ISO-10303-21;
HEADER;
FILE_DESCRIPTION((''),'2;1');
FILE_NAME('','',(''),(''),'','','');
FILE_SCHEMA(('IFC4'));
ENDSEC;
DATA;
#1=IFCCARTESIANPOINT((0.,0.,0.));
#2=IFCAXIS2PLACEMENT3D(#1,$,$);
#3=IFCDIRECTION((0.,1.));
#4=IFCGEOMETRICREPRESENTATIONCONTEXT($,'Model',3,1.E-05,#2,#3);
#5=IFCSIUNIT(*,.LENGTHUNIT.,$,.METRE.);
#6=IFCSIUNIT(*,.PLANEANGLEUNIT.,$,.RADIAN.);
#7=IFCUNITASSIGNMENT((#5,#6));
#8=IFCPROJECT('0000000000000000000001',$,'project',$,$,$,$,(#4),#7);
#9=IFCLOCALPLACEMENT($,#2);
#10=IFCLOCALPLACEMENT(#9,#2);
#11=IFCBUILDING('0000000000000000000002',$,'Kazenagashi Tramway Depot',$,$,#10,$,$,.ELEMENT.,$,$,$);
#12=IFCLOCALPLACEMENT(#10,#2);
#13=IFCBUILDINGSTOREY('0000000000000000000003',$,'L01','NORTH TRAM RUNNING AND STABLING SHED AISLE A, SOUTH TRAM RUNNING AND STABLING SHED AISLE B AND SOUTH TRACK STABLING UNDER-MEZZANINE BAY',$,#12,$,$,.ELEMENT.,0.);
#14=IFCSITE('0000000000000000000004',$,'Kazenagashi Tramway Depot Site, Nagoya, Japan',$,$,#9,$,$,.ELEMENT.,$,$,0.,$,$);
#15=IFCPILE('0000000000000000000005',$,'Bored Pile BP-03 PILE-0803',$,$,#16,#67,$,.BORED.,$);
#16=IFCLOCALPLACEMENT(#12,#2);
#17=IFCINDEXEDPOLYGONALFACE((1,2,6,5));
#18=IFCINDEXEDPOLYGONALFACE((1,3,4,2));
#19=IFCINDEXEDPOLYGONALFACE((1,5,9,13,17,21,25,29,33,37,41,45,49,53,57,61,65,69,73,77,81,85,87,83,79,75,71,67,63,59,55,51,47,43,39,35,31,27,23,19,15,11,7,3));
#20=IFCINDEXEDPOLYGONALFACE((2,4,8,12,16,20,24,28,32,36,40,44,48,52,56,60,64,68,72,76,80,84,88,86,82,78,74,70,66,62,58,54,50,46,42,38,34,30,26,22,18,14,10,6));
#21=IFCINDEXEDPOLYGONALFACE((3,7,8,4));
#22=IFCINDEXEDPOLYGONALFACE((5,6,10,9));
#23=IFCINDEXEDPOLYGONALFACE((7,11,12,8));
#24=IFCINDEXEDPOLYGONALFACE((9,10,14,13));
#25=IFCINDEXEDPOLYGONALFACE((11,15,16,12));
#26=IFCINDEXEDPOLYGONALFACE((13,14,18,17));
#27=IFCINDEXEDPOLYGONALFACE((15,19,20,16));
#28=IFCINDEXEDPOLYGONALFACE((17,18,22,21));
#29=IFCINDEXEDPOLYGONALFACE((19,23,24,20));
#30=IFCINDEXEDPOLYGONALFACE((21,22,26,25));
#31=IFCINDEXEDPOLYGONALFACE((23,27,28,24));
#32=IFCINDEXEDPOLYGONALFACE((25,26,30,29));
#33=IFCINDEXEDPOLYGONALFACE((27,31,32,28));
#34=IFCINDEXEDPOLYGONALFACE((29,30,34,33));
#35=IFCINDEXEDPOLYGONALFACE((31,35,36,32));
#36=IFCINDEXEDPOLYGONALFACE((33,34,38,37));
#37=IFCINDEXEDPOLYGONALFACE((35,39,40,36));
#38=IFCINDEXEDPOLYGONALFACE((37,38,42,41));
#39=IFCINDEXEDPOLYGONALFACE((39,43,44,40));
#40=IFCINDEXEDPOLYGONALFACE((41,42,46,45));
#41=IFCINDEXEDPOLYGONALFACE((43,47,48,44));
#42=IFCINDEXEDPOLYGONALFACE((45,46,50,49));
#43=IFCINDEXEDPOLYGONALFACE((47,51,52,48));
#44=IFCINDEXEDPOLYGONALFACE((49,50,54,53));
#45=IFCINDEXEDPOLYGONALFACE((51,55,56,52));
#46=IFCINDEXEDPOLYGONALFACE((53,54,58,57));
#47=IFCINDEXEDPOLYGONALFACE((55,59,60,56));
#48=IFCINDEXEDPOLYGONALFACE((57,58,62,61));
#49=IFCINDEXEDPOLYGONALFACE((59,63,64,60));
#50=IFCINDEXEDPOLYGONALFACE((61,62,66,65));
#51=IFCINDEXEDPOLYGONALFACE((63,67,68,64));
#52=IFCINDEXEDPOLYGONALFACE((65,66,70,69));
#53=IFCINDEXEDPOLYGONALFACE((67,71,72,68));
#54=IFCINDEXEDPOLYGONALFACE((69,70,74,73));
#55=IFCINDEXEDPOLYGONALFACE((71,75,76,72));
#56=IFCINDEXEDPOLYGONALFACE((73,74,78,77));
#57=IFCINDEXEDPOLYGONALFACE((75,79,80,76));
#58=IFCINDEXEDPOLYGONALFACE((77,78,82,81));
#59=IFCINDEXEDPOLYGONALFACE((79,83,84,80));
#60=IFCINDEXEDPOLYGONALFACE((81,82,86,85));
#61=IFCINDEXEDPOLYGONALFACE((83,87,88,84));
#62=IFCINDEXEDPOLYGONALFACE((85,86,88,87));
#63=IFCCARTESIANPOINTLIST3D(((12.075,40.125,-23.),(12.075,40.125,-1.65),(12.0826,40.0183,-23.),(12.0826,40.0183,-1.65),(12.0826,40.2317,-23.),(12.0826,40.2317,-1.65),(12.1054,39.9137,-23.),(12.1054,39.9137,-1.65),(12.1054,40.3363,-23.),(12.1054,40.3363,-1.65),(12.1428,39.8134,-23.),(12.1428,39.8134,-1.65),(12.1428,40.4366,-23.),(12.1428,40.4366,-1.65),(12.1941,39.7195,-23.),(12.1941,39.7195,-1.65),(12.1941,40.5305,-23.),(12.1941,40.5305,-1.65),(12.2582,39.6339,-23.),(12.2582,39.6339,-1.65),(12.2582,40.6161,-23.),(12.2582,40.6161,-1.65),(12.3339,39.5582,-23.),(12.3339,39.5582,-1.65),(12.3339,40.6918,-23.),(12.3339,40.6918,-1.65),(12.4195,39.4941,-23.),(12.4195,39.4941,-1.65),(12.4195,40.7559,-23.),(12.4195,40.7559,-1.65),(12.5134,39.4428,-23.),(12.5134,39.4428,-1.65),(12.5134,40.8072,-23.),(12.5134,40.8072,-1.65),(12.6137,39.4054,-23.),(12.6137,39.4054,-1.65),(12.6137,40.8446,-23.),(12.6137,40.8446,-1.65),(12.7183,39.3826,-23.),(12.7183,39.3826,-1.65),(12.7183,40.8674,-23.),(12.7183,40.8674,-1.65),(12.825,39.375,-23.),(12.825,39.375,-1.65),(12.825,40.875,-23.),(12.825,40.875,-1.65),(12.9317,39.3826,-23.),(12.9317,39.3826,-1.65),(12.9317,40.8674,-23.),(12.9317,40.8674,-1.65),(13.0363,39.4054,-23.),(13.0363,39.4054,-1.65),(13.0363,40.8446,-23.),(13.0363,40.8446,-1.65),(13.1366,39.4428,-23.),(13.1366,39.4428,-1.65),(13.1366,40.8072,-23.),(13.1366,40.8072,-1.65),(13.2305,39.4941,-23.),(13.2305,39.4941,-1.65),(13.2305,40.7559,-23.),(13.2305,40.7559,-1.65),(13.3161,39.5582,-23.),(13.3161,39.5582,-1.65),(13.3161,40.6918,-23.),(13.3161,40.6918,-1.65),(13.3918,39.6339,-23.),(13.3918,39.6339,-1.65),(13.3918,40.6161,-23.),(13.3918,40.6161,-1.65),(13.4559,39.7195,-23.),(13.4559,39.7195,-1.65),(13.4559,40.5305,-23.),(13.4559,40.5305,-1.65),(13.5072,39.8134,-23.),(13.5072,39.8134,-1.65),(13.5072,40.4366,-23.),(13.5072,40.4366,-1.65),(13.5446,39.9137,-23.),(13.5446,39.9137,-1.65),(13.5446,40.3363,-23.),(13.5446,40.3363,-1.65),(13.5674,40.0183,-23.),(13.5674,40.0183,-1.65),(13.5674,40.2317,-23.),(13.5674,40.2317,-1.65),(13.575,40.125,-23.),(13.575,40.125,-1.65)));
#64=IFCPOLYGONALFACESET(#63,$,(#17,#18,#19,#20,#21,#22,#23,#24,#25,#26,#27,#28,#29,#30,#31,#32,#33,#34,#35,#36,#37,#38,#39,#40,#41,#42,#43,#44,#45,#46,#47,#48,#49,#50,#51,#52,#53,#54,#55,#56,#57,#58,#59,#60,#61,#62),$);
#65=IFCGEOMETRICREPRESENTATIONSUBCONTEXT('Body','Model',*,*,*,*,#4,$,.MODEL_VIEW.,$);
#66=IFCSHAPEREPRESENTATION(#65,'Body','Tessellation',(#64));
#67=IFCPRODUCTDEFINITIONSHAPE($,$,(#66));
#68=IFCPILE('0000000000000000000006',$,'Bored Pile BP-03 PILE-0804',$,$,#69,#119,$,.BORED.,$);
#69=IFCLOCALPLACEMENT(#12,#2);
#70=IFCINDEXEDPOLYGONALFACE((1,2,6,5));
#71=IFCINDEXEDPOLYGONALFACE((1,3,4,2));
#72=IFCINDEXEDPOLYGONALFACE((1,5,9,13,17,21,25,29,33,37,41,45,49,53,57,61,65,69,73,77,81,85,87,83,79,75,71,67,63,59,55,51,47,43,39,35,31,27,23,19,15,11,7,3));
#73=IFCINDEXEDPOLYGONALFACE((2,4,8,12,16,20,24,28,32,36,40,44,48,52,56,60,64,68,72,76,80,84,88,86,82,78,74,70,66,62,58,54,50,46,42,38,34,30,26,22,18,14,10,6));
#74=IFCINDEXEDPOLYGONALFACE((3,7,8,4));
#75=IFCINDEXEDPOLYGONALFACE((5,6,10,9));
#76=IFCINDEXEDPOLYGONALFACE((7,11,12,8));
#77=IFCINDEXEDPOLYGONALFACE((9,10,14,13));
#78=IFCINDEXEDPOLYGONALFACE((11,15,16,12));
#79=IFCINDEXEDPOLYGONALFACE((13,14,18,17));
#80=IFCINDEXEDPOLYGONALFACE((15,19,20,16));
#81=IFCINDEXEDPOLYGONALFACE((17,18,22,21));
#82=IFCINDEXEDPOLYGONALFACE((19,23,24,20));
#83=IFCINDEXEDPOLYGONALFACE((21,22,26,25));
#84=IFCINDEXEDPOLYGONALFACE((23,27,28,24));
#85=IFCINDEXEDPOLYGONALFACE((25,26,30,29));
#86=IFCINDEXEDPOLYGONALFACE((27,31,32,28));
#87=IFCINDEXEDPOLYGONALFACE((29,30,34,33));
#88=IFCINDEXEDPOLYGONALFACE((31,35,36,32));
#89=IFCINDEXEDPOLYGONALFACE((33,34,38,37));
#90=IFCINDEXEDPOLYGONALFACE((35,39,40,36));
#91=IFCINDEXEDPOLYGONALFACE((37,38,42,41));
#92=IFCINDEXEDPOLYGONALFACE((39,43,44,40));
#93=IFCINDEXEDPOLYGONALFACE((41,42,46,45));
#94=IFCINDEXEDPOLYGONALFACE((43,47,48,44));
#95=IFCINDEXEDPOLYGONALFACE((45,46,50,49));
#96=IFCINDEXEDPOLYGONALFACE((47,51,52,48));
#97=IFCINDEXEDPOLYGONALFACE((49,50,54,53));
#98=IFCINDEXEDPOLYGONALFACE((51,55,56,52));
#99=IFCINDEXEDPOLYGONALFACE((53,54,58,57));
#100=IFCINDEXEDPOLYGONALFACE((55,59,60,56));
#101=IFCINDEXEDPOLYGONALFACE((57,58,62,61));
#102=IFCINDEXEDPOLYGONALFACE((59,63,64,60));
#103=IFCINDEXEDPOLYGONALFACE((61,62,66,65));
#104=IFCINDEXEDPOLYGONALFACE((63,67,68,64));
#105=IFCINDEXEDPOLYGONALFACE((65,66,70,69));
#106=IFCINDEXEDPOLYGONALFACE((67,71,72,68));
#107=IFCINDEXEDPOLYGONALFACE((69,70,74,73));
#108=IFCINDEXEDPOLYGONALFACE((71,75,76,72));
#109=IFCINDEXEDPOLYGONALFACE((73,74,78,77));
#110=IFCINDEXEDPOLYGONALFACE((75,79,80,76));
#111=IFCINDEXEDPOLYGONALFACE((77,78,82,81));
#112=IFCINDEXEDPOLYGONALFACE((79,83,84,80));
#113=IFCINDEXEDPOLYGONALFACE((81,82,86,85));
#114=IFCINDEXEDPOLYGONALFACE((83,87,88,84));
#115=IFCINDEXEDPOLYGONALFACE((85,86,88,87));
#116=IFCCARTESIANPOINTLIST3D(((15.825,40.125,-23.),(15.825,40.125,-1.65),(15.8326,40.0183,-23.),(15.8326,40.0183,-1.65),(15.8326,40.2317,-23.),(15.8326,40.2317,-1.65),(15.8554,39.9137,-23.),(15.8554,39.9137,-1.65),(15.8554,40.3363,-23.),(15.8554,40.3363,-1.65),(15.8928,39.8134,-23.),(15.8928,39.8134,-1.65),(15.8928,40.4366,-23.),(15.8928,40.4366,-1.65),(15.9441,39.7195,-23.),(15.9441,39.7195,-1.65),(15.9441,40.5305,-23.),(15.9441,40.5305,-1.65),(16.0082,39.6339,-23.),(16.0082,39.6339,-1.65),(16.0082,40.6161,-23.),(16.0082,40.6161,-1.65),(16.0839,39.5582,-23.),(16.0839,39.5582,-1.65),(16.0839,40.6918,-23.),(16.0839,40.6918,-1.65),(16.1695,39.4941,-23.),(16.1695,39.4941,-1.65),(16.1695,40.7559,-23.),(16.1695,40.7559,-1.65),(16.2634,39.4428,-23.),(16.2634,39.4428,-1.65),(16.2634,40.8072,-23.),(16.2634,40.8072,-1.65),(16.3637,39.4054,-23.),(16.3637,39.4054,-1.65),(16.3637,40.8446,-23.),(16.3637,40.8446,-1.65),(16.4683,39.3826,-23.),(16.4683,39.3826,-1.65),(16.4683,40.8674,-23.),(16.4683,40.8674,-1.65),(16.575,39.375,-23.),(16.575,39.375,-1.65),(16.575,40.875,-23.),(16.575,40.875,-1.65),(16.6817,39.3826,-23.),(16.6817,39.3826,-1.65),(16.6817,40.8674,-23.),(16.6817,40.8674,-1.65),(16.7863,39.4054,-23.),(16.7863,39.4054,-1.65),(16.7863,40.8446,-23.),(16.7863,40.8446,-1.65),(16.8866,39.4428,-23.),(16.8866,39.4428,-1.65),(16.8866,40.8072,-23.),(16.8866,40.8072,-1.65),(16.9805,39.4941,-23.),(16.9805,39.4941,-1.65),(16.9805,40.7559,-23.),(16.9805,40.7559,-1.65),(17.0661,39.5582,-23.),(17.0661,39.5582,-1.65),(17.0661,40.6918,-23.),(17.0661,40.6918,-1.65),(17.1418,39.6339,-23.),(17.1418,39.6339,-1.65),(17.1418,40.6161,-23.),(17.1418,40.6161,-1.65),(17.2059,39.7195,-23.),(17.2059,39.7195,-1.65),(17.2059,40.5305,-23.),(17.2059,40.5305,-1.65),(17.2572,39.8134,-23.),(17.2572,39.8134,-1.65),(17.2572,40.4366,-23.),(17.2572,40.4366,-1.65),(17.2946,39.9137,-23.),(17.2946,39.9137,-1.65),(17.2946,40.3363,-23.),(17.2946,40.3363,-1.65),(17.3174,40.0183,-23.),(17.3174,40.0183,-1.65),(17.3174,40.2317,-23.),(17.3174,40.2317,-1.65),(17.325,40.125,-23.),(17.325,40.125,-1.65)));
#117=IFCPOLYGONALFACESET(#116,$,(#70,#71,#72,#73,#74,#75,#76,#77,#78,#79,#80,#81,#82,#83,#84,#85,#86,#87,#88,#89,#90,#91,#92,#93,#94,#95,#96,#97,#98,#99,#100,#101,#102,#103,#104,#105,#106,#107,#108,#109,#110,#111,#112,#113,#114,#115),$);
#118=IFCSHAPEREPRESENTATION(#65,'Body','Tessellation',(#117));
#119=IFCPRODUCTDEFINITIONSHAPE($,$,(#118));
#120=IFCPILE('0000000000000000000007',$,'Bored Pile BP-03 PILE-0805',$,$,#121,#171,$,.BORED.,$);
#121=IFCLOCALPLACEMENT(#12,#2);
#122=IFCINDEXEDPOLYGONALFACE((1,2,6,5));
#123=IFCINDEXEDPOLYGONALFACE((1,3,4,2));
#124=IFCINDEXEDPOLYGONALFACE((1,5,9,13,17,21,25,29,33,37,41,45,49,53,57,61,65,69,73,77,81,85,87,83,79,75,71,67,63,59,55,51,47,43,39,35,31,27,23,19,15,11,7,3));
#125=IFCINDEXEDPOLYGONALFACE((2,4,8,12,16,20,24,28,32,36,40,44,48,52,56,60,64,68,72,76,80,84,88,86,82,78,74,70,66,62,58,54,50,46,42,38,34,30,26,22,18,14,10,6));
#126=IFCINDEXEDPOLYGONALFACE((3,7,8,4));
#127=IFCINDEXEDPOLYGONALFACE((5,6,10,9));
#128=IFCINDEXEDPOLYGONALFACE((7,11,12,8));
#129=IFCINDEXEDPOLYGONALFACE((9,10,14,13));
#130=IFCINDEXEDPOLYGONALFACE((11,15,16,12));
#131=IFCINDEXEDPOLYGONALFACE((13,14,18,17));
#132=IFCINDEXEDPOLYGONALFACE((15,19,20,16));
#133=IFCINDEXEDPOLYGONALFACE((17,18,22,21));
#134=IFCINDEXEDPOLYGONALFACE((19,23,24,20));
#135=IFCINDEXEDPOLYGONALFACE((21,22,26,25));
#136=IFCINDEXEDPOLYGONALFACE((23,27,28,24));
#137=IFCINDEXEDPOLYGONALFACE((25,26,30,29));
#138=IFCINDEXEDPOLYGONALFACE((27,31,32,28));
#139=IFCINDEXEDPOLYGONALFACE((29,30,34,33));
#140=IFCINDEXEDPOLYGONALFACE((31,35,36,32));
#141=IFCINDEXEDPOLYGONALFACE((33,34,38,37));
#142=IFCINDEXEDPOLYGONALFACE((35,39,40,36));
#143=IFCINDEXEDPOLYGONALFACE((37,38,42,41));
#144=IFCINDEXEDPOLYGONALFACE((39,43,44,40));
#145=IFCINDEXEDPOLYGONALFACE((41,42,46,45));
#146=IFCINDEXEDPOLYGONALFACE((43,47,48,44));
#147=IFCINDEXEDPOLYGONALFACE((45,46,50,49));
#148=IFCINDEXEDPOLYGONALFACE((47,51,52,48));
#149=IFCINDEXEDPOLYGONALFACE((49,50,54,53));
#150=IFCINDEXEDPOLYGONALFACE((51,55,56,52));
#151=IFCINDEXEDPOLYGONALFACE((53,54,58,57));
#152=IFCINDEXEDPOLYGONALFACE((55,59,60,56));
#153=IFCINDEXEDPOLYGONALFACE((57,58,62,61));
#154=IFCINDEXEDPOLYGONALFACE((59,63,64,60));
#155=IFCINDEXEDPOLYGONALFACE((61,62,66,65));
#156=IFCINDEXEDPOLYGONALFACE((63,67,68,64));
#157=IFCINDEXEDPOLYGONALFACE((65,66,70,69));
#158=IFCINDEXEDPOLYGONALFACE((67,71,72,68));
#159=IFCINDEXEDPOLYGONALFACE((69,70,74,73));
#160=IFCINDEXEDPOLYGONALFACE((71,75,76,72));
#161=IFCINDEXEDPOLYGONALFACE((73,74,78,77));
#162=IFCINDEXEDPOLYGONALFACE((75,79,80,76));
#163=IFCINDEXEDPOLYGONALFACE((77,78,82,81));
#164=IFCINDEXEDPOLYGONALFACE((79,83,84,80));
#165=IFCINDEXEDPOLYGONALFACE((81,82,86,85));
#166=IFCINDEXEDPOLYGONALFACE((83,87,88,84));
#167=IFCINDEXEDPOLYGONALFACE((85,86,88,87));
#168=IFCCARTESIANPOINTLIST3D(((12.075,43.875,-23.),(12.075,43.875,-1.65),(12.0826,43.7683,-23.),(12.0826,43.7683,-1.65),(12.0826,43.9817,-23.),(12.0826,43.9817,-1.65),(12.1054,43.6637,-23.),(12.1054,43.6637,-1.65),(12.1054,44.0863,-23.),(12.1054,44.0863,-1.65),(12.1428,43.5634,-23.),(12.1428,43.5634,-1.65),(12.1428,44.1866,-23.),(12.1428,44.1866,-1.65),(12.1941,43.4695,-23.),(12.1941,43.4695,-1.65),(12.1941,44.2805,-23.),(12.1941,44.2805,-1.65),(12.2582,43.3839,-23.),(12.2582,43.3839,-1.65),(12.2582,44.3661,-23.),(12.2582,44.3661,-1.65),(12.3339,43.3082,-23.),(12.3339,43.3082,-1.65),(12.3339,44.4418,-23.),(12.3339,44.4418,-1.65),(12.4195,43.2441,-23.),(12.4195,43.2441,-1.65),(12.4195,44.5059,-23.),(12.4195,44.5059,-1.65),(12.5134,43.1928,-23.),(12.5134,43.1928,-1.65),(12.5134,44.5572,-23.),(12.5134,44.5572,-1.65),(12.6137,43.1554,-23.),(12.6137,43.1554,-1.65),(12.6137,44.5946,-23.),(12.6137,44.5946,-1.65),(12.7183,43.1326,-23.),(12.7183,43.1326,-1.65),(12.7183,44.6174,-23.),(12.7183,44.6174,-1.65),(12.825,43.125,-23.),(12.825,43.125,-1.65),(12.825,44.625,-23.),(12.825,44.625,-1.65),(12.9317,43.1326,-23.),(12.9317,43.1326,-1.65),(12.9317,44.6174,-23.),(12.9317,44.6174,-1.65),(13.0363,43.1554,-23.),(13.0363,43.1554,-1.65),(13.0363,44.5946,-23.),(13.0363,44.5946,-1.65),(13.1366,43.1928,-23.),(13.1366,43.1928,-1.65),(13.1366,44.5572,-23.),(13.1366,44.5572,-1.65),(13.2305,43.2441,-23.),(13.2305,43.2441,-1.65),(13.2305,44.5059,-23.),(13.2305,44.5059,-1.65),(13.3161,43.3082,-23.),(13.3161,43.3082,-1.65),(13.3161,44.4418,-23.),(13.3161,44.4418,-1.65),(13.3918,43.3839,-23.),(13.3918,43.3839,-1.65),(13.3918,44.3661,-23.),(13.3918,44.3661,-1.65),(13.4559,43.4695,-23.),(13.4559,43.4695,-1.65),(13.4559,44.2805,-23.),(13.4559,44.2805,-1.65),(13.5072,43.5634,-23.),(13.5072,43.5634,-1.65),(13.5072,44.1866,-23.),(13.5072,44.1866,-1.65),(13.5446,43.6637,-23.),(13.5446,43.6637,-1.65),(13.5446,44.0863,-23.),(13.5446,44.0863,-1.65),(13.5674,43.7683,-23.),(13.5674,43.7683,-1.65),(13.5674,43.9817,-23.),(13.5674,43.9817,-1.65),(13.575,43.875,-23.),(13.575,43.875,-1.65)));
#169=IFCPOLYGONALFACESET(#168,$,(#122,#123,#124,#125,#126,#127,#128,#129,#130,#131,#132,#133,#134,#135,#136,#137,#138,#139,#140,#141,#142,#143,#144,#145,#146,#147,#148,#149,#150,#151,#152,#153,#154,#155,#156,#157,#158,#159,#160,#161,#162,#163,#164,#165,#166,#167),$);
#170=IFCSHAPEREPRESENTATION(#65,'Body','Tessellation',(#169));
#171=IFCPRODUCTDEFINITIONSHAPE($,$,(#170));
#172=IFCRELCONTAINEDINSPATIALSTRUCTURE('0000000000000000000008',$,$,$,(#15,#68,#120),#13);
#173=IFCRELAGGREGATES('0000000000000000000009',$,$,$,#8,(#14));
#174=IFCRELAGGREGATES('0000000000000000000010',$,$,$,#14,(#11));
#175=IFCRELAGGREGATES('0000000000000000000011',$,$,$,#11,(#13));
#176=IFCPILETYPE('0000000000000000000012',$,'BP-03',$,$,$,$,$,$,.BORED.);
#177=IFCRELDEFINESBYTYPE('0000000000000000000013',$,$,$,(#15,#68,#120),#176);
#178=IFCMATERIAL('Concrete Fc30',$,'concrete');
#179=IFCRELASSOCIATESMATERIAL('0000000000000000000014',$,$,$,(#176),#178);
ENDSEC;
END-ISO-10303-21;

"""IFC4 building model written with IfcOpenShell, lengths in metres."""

from ifc_helpers import new_model, si_unit, direction, frame, origin, origin_2d, place, context, subcontext, project, spatial, circle, extrude, material, material_profile, profile_set, type_object, element, save


model = new_model("IFC4")

# Units and contexts
model_context = context("Model", 3, precision=1e-05, world=origin(), true_north=direction((0.0, 1.0)))
body_context = subcontext(model_context, "Body", "Model", "MODEL_VIEW")
ifc_project = project(units=[si_unit("LENGTHUNIT", "METRE"), si_unit("PLANEANGLEUNIT", "RADIAN")], contexts=[model_context])

# Site, building, storey
site_placement = place(None, origin())
site = spatial("IfcSite", under=ifc_project, at=site_placement, Name="Kazenagashi Tramway Depot Site, Nagoya, Japan", CompositionType="ELEMENT", RefElevation=0.0)
building_placement = place(site_placement, origin())
building = spatial("IfcBuilding", under=site, at=building_placement, Name="Kazenagashi Tramway Depot", CompositionType="ELEMENT")
storey_placement = place(building_placement, origin())
storey = spatial("IfcBuildingStorey", under=building, at=storey_placement, Name="L01", Description="NORTH TRAM RUNNING AND STABLING SHED AISLE A, SOUTH TRAM RUNNING AND STABLING SHED AISLE B AND SOUTH TRACK STABLING UNDER-MEZZANINE BAY", CompositionType="ELEMENT", Elevation=0.0)

# Piles
ifc_material_1 = material(Name="Concrete Fc30", Category="concrete")
ifc_material_profile_1 = material_profile(ifc_material_1, circle(Radius=0.75, at=origin_2d()), Name="PILE-1500")
ifc_profile_set_1 = profile_set([ifc_material_profile_1], Name="Concrete Fc30")
pile_type = type_object("IfcPileType", Name="BP-03", PredefinedType="BORED", material=ifc_profile_set_1)
for number, where, z_axis, x_axis, name in (
    (1, (12.825, 40.125, -1.65), (0.0, 0.0, -1.0), (1.0, 0.0, 0.0), "Bored Pile BP-03 PILE-0803"),
    (2, (16.575, 40.125, -1.65), (0.0, 0.0, -1.0), (1.0, 0.0, 0.0), "Bored Pile BP-03 PILE-0804"),
    (3, (12.825, 43.875, -1.65), (0.0, 0.0, -1.0), (1.0, 0.0, 0.0), "Bored Pile BP-03 PILE-0805"),
):
    element("IfcPile", number, at=place(storey_placement, frame(where, z_axis=z_axis, x_axis=x_axis)), inside=storey, type_object=pile_type, Name=name, PredefinedType="BORED", context=body_context, shape_type="SweptSolid", body=[
        extrude(circle(Radius=0.75, at=origin_2d()), origin(), (0.0, 0.0, 1.0), 21.35),
    ])

save(model, "model.ifc")
